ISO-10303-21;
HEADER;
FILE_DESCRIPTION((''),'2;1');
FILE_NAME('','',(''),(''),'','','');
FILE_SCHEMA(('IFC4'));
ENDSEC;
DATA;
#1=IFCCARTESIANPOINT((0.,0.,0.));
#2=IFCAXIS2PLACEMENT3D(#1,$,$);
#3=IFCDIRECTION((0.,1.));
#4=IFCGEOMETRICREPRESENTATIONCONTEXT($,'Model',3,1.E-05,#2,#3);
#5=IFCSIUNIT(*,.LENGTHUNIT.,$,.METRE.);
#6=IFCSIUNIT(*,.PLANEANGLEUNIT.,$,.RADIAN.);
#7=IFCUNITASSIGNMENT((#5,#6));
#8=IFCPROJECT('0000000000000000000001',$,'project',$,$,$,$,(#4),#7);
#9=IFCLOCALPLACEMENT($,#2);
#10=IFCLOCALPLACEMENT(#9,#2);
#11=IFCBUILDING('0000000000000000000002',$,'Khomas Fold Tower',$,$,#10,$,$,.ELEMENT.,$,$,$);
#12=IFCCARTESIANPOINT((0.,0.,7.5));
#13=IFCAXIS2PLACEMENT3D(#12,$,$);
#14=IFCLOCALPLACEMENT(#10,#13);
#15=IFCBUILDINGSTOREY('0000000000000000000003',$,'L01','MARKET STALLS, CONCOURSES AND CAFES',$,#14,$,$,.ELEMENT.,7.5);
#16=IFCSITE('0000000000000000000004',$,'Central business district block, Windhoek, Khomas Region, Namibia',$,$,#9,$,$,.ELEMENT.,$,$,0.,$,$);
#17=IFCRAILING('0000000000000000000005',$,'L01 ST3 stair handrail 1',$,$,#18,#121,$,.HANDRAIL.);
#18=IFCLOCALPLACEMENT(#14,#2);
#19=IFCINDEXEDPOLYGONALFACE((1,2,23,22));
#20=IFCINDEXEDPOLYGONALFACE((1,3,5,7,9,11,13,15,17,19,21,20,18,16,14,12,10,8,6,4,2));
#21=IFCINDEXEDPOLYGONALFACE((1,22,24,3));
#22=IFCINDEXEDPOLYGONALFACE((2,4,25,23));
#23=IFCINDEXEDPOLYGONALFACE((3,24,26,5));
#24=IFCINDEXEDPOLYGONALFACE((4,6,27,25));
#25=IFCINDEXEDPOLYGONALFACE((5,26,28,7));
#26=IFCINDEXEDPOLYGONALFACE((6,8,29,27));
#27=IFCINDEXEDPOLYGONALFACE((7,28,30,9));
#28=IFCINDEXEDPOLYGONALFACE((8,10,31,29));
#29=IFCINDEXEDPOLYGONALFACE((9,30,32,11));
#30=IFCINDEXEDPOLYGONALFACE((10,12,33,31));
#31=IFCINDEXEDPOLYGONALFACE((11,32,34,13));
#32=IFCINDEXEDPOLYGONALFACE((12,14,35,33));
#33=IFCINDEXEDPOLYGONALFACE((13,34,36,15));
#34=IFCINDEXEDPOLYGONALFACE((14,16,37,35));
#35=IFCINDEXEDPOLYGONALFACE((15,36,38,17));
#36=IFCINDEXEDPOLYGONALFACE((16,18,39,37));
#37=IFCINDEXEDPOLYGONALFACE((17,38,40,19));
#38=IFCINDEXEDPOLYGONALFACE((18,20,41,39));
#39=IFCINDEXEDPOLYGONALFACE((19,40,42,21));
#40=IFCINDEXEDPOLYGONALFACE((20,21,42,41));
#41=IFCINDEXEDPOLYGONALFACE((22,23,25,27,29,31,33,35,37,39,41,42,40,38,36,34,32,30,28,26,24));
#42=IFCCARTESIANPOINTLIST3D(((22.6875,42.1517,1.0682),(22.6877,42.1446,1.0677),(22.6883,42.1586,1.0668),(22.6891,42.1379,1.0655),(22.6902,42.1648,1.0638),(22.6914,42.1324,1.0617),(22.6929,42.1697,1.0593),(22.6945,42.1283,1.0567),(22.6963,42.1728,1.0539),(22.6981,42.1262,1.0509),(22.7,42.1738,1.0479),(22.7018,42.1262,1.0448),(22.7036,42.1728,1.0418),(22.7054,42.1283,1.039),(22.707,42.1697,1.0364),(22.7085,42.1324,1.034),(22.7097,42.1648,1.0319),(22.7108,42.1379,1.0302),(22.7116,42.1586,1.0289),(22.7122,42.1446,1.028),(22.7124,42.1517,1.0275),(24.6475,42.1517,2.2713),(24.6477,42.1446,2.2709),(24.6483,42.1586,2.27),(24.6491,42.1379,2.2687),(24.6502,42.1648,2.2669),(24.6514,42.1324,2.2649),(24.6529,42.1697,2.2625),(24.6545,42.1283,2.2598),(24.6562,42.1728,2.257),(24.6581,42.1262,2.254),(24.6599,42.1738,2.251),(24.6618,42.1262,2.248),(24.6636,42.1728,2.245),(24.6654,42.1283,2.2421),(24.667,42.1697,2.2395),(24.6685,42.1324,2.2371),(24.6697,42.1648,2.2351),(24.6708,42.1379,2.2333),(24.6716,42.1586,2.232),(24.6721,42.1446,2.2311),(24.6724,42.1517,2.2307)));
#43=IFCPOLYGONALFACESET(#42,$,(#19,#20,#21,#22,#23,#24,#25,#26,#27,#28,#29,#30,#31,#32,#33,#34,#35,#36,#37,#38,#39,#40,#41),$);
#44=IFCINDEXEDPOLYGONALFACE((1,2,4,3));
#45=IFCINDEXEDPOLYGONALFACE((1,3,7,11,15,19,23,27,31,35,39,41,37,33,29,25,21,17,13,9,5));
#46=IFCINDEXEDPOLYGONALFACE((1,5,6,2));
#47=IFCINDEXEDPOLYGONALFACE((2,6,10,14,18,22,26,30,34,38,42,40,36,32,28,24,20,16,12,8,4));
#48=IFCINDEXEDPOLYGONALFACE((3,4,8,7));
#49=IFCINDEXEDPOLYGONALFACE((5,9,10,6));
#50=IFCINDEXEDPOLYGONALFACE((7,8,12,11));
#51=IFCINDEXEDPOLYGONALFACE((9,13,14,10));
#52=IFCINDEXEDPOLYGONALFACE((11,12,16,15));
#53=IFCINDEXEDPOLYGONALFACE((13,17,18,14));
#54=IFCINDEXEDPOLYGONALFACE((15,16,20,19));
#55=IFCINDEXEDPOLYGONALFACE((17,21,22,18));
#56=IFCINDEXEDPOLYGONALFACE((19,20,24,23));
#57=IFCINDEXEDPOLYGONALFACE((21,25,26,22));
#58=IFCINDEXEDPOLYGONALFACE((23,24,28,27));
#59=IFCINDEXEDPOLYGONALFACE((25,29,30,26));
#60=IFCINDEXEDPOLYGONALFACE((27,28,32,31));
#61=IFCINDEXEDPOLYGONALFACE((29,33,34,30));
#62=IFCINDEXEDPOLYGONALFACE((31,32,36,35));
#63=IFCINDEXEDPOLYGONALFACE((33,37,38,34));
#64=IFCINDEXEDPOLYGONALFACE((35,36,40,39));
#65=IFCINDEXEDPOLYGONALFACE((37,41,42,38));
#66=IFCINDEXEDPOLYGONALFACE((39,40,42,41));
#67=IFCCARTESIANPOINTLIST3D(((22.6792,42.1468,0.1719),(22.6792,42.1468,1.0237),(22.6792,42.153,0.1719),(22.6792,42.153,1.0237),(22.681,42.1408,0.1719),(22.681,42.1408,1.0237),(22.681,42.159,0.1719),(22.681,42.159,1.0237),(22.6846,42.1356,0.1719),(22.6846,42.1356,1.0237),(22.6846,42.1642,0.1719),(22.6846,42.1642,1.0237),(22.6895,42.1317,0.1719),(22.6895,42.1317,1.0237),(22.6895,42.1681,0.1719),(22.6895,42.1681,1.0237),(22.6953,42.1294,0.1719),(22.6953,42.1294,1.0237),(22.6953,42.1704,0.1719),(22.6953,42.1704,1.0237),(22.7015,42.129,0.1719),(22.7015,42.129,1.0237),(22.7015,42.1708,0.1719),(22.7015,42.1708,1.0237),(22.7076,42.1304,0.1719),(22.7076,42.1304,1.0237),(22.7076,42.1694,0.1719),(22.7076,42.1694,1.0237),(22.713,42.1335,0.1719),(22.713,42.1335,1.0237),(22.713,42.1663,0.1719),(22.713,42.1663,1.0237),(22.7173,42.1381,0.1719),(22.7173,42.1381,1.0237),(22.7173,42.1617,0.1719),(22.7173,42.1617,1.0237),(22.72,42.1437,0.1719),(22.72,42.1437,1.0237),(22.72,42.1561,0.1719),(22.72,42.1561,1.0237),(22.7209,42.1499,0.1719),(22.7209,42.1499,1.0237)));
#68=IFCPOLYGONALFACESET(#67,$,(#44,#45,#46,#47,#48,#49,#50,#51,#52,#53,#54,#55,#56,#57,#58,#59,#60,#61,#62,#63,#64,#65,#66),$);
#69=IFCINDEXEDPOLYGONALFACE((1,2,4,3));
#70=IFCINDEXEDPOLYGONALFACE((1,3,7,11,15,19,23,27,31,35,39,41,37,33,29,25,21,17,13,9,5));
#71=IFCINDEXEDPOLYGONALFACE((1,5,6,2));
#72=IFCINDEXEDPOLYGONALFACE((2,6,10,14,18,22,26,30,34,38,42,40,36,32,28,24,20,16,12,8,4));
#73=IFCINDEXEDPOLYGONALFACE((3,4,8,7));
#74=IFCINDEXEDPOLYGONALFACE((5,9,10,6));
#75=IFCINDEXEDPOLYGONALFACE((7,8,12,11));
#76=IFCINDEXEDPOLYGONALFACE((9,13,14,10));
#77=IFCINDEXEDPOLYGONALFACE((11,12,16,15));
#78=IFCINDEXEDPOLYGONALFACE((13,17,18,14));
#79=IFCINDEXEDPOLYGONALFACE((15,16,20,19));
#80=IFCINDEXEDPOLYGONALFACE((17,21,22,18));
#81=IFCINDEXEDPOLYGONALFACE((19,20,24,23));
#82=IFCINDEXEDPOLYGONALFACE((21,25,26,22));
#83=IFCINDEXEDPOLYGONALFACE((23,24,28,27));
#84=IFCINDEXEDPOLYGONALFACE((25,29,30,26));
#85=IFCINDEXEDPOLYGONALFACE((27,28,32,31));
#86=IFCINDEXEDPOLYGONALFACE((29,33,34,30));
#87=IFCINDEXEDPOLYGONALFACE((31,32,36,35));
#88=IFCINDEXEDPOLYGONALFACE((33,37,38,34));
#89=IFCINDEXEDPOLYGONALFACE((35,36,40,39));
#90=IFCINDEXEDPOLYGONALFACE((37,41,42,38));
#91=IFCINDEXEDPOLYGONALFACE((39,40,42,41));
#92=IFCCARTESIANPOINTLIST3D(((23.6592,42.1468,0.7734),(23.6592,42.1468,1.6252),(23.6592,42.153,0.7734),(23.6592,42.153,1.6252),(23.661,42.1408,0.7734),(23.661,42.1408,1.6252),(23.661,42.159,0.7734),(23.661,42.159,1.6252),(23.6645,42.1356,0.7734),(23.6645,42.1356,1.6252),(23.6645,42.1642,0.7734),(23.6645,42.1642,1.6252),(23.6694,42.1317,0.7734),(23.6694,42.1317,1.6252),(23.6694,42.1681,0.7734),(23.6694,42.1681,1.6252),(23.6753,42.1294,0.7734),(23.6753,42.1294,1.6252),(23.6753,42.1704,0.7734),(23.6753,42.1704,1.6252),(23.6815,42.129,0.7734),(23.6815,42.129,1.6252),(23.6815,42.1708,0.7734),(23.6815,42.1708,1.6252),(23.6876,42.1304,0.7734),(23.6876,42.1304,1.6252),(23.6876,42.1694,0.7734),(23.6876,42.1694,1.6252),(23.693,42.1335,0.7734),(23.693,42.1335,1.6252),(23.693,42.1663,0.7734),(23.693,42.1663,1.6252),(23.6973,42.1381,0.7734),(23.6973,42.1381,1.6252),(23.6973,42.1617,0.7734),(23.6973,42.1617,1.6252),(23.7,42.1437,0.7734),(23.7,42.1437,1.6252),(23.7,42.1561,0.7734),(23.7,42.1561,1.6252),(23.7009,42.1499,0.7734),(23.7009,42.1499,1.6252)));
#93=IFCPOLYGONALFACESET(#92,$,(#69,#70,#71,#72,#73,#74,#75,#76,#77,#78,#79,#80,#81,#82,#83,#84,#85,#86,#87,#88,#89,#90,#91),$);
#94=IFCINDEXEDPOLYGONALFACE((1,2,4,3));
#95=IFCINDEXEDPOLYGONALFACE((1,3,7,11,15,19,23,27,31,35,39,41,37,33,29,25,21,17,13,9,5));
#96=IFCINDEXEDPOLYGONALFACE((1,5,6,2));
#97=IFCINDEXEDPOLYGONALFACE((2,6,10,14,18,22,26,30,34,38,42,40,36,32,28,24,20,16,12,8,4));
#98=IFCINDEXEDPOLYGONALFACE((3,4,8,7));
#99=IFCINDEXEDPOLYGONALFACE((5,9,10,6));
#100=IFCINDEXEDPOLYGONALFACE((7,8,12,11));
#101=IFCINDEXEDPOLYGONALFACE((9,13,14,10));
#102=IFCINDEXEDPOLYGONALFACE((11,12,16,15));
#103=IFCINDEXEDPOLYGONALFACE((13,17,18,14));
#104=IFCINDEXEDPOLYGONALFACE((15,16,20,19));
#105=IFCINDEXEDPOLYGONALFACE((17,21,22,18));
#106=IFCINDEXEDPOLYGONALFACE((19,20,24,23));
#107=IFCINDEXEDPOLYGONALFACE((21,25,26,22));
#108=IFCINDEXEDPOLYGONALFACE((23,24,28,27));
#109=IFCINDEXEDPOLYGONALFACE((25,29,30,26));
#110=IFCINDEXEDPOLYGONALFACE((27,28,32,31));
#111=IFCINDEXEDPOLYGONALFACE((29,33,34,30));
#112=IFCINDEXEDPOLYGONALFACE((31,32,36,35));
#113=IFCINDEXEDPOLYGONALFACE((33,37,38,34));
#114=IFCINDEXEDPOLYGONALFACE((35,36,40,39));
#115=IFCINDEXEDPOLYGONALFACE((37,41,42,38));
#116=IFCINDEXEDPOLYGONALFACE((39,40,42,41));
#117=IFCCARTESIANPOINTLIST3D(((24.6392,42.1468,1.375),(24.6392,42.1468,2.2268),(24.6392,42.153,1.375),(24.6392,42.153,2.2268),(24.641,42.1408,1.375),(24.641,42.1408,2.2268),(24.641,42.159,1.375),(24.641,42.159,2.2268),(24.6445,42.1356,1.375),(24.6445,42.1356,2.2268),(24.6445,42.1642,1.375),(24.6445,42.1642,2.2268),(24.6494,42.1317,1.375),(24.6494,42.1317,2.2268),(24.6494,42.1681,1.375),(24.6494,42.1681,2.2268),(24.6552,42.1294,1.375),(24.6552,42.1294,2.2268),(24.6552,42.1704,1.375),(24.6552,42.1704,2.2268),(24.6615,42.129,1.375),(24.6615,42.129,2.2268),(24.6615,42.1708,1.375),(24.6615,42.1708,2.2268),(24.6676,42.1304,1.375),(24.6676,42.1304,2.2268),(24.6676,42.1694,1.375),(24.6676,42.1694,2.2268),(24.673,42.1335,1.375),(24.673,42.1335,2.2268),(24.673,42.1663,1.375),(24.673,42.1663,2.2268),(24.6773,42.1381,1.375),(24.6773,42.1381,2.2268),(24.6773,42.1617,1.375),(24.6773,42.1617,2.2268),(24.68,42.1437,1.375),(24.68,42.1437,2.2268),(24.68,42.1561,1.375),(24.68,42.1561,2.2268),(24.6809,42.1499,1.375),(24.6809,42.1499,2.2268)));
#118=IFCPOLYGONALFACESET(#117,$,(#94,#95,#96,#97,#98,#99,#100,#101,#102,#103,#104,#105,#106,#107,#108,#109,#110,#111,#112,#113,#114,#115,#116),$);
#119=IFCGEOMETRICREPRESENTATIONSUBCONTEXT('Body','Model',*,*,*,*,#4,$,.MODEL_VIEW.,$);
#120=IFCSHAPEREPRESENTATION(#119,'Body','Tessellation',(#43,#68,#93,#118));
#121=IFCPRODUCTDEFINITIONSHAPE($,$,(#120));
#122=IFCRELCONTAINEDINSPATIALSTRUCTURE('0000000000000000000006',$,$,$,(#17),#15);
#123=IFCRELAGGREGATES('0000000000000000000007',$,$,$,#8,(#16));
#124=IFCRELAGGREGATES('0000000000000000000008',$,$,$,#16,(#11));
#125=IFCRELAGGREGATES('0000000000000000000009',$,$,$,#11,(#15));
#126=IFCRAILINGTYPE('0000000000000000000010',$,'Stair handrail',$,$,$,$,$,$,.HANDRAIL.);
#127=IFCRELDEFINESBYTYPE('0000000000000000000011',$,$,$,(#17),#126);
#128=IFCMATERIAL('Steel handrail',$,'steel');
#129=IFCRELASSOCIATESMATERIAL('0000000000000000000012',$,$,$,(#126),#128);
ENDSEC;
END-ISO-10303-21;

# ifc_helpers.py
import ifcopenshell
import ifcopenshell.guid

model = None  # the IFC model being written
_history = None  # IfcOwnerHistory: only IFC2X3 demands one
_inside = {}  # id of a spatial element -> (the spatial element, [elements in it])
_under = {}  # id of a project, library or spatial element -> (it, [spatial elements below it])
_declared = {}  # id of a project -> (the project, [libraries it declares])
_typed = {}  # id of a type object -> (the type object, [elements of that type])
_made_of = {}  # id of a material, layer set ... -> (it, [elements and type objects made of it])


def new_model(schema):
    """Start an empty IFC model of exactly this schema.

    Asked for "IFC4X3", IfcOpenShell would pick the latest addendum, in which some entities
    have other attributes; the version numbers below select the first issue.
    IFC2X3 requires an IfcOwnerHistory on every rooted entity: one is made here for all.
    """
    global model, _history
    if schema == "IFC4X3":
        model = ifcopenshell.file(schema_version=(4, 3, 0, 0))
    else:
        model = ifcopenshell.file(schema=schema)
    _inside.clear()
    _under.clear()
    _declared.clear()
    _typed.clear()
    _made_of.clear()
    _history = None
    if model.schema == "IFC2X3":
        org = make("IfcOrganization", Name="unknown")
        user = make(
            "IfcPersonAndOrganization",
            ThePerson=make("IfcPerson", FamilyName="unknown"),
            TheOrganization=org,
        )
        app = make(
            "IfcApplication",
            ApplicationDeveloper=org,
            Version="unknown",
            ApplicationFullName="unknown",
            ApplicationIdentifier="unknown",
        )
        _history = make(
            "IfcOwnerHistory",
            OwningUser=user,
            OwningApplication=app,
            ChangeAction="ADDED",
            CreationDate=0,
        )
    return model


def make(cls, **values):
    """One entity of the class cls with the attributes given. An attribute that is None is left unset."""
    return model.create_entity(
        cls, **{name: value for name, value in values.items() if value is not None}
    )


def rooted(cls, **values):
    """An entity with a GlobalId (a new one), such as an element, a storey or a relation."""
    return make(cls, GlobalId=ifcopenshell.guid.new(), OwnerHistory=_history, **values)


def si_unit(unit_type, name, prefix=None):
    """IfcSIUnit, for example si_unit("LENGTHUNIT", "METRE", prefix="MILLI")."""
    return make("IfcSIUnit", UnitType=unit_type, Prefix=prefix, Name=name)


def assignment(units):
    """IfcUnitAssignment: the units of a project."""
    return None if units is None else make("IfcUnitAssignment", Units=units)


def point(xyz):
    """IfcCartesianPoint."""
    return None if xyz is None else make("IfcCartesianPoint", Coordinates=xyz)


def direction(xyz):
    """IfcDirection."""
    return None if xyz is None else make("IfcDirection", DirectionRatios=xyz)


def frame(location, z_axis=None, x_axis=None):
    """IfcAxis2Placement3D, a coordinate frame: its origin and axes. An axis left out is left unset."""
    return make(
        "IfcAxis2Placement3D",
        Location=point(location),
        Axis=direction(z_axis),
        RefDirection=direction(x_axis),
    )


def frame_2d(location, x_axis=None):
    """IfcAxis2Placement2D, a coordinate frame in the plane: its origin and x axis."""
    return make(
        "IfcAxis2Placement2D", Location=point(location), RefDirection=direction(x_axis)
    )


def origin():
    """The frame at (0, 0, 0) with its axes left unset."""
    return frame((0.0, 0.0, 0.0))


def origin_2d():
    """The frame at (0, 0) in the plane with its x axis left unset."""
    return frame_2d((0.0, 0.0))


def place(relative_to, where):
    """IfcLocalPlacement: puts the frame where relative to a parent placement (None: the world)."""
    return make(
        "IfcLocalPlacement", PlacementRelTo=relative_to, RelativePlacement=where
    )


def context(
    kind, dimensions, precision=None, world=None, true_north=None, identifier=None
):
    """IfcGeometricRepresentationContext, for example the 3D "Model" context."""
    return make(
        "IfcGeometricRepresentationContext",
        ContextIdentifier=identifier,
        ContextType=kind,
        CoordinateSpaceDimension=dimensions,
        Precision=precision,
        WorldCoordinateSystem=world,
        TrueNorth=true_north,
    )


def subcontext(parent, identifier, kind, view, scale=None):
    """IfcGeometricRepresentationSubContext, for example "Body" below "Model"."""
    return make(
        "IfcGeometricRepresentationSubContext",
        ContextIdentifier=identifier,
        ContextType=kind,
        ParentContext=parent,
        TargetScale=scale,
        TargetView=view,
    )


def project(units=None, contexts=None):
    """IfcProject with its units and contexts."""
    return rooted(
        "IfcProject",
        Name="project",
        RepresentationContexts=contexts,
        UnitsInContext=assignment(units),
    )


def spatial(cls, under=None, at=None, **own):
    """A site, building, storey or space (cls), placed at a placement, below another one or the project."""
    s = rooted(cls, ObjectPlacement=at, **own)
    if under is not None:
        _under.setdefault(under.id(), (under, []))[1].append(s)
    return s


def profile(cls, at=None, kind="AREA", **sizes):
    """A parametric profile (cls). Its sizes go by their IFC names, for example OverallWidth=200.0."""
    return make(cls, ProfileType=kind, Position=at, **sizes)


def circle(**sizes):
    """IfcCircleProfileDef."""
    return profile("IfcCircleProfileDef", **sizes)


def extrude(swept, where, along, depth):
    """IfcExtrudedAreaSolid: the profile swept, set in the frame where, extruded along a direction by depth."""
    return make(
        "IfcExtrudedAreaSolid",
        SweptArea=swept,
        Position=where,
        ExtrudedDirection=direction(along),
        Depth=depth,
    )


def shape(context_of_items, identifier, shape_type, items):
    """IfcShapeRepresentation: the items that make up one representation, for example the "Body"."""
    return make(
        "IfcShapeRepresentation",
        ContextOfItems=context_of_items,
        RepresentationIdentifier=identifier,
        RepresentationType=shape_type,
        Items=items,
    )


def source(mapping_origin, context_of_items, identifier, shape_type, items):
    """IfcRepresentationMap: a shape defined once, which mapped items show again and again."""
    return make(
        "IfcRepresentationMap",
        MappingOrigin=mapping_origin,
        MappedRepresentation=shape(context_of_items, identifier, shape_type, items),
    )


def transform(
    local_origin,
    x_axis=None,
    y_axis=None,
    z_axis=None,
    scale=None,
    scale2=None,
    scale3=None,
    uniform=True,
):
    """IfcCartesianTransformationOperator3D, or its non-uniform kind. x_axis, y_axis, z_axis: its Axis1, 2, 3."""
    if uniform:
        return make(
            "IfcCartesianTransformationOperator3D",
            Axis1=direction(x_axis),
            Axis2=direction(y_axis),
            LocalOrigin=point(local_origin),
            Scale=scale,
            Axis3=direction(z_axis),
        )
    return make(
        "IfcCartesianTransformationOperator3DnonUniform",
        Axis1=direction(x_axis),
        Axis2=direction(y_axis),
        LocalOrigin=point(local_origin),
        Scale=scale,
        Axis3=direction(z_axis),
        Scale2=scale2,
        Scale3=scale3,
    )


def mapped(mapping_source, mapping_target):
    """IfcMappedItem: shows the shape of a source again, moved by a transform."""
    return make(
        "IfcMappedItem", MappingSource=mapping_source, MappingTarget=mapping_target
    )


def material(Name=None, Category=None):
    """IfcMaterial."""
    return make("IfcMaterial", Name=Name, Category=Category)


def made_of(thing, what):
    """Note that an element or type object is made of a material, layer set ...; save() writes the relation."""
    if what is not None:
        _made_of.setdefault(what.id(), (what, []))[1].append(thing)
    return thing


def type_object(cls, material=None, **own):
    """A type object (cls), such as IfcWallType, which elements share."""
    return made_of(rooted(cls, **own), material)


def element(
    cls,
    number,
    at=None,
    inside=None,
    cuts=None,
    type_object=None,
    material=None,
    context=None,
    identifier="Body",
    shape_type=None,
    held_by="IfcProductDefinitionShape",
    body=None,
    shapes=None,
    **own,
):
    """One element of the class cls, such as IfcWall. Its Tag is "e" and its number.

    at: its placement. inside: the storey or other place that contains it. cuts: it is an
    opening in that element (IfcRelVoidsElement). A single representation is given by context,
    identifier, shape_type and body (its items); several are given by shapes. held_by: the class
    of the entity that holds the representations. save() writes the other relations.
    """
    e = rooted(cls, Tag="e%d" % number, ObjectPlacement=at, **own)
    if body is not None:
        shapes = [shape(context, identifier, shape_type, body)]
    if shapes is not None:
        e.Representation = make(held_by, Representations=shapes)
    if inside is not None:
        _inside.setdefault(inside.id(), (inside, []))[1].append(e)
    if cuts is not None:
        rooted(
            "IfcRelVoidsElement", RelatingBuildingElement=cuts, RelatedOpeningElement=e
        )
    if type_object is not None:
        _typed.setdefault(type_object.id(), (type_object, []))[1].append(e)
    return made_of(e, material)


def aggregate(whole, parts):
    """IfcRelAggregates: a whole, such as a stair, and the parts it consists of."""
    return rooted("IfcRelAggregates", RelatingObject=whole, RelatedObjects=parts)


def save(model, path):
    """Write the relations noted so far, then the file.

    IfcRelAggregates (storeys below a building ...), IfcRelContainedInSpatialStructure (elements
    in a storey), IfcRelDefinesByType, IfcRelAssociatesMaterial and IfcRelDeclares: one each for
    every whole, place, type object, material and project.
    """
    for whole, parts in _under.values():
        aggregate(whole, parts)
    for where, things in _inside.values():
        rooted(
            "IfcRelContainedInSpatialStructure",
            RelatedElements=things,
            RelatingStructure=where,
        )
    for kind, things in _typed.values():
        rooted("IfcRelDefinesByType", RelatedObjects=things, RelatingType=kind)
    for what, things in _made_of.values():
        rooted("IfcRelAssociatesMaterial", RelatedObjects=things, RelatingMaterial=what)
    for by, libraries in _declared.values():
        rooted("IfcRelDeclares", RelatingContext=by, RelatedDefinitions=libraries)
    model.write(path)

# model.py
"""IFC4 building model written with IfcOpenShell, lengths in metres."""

from ifc_helpers import new_model, si_unit, direction, frame, origin, origin_2d, place, context, subcontext, project, spatial, circle, extrude, source, transform, mapped, material, type_object, element, save


model = new_model("IFC4")

# Units and contexts
model_context = context("Model", 3, precision=1e-05, world=origin(), true_north=direction((0.0, 1.0)))
body_context = subcontext(model_context, "Body", "Model", "MODEL_VIEW")
ifc_project = project(units=[si_unit("LENGTHUNIT", "METRE"), si_unit("PLANEANGLEUNIT", "RADIAN")], contexts=[model_context])

# Site, building, storey
site_placement = place(None, origin())
site = spatial("IfcSite", under=ifc_project, at=site_placement, Name="Central business district block, Windhoek, Khomas Region, Namibia", CompositionType="ELEMENT", RefElevation=0.0)
building_placement = place(site_placement, origin())
building = spatial("IfcBuilding", under=site, at=building_placement, Name="Khomas Fold Tower", CompositionType="ELEMENT")
storey_placement = place(building_placement, frame((0.0, 0.0, 7.5)))
storey = spatial("IfcBuildingStorey", under=building, at=storey_placement, Name="L01", Description="MARKET STALLS, CONCOURSES AND CAFES", CompositionType="ELEMENT", Elevation=7.5)

# Railing
ifc_material_1 = material(Name="Steel handrail", Category="steel")
railing_type_1 = type_object("IfcRailingType", Name="Stair handrail", PredefinedType="HANDRAIL", material=ifc_material_1)
shared_shape_1 = source(origin(), body_context, "Body", "SweptSolid", [
    extrude(circle(Radius=0.0239, at=origin_2d()), frame((0.0, 0.0, 0.876), z_axis=(0.852241, 0.0, 0.523149), x_axis=(0.0, 1.0, 0.0)), (0.0, 0.0, 1.0), 2.2998),
    extrude(circle(Radius=0.021, at=origin_2d()), origin(), (0.0, 0.0, 1.0), 0.8518),
    extrude(circle(Radius=0.021, at=origin_2d()), frame((0.98, 0.0, 0.6016)), (0.0, 0.0, 1.0), 0.8518),
    extrude(circle(Radius=0.021, at=origin_2d()), frame((1.96, 0.0, 1.2031)), (0.0, 0.0, 1.0), 0.8518),
])
for number, where, name in (
    (1, (22.7, 42.1499, 0.1719), "L01 ST3 stair handrail 1"),
):
    element("IfcRailing", number, at=place(storey_placement, frame(where)), inside=storey, type_object=railing_type_1, Name=name, PredefinedType="HANDRAIL", context=body_context, shape_type="MappedRepresentation", body=[
        mapped(shared_shape_1, transform((0.0, 0.0, 0.0))),
    ])

save(model, "model.ifc")
